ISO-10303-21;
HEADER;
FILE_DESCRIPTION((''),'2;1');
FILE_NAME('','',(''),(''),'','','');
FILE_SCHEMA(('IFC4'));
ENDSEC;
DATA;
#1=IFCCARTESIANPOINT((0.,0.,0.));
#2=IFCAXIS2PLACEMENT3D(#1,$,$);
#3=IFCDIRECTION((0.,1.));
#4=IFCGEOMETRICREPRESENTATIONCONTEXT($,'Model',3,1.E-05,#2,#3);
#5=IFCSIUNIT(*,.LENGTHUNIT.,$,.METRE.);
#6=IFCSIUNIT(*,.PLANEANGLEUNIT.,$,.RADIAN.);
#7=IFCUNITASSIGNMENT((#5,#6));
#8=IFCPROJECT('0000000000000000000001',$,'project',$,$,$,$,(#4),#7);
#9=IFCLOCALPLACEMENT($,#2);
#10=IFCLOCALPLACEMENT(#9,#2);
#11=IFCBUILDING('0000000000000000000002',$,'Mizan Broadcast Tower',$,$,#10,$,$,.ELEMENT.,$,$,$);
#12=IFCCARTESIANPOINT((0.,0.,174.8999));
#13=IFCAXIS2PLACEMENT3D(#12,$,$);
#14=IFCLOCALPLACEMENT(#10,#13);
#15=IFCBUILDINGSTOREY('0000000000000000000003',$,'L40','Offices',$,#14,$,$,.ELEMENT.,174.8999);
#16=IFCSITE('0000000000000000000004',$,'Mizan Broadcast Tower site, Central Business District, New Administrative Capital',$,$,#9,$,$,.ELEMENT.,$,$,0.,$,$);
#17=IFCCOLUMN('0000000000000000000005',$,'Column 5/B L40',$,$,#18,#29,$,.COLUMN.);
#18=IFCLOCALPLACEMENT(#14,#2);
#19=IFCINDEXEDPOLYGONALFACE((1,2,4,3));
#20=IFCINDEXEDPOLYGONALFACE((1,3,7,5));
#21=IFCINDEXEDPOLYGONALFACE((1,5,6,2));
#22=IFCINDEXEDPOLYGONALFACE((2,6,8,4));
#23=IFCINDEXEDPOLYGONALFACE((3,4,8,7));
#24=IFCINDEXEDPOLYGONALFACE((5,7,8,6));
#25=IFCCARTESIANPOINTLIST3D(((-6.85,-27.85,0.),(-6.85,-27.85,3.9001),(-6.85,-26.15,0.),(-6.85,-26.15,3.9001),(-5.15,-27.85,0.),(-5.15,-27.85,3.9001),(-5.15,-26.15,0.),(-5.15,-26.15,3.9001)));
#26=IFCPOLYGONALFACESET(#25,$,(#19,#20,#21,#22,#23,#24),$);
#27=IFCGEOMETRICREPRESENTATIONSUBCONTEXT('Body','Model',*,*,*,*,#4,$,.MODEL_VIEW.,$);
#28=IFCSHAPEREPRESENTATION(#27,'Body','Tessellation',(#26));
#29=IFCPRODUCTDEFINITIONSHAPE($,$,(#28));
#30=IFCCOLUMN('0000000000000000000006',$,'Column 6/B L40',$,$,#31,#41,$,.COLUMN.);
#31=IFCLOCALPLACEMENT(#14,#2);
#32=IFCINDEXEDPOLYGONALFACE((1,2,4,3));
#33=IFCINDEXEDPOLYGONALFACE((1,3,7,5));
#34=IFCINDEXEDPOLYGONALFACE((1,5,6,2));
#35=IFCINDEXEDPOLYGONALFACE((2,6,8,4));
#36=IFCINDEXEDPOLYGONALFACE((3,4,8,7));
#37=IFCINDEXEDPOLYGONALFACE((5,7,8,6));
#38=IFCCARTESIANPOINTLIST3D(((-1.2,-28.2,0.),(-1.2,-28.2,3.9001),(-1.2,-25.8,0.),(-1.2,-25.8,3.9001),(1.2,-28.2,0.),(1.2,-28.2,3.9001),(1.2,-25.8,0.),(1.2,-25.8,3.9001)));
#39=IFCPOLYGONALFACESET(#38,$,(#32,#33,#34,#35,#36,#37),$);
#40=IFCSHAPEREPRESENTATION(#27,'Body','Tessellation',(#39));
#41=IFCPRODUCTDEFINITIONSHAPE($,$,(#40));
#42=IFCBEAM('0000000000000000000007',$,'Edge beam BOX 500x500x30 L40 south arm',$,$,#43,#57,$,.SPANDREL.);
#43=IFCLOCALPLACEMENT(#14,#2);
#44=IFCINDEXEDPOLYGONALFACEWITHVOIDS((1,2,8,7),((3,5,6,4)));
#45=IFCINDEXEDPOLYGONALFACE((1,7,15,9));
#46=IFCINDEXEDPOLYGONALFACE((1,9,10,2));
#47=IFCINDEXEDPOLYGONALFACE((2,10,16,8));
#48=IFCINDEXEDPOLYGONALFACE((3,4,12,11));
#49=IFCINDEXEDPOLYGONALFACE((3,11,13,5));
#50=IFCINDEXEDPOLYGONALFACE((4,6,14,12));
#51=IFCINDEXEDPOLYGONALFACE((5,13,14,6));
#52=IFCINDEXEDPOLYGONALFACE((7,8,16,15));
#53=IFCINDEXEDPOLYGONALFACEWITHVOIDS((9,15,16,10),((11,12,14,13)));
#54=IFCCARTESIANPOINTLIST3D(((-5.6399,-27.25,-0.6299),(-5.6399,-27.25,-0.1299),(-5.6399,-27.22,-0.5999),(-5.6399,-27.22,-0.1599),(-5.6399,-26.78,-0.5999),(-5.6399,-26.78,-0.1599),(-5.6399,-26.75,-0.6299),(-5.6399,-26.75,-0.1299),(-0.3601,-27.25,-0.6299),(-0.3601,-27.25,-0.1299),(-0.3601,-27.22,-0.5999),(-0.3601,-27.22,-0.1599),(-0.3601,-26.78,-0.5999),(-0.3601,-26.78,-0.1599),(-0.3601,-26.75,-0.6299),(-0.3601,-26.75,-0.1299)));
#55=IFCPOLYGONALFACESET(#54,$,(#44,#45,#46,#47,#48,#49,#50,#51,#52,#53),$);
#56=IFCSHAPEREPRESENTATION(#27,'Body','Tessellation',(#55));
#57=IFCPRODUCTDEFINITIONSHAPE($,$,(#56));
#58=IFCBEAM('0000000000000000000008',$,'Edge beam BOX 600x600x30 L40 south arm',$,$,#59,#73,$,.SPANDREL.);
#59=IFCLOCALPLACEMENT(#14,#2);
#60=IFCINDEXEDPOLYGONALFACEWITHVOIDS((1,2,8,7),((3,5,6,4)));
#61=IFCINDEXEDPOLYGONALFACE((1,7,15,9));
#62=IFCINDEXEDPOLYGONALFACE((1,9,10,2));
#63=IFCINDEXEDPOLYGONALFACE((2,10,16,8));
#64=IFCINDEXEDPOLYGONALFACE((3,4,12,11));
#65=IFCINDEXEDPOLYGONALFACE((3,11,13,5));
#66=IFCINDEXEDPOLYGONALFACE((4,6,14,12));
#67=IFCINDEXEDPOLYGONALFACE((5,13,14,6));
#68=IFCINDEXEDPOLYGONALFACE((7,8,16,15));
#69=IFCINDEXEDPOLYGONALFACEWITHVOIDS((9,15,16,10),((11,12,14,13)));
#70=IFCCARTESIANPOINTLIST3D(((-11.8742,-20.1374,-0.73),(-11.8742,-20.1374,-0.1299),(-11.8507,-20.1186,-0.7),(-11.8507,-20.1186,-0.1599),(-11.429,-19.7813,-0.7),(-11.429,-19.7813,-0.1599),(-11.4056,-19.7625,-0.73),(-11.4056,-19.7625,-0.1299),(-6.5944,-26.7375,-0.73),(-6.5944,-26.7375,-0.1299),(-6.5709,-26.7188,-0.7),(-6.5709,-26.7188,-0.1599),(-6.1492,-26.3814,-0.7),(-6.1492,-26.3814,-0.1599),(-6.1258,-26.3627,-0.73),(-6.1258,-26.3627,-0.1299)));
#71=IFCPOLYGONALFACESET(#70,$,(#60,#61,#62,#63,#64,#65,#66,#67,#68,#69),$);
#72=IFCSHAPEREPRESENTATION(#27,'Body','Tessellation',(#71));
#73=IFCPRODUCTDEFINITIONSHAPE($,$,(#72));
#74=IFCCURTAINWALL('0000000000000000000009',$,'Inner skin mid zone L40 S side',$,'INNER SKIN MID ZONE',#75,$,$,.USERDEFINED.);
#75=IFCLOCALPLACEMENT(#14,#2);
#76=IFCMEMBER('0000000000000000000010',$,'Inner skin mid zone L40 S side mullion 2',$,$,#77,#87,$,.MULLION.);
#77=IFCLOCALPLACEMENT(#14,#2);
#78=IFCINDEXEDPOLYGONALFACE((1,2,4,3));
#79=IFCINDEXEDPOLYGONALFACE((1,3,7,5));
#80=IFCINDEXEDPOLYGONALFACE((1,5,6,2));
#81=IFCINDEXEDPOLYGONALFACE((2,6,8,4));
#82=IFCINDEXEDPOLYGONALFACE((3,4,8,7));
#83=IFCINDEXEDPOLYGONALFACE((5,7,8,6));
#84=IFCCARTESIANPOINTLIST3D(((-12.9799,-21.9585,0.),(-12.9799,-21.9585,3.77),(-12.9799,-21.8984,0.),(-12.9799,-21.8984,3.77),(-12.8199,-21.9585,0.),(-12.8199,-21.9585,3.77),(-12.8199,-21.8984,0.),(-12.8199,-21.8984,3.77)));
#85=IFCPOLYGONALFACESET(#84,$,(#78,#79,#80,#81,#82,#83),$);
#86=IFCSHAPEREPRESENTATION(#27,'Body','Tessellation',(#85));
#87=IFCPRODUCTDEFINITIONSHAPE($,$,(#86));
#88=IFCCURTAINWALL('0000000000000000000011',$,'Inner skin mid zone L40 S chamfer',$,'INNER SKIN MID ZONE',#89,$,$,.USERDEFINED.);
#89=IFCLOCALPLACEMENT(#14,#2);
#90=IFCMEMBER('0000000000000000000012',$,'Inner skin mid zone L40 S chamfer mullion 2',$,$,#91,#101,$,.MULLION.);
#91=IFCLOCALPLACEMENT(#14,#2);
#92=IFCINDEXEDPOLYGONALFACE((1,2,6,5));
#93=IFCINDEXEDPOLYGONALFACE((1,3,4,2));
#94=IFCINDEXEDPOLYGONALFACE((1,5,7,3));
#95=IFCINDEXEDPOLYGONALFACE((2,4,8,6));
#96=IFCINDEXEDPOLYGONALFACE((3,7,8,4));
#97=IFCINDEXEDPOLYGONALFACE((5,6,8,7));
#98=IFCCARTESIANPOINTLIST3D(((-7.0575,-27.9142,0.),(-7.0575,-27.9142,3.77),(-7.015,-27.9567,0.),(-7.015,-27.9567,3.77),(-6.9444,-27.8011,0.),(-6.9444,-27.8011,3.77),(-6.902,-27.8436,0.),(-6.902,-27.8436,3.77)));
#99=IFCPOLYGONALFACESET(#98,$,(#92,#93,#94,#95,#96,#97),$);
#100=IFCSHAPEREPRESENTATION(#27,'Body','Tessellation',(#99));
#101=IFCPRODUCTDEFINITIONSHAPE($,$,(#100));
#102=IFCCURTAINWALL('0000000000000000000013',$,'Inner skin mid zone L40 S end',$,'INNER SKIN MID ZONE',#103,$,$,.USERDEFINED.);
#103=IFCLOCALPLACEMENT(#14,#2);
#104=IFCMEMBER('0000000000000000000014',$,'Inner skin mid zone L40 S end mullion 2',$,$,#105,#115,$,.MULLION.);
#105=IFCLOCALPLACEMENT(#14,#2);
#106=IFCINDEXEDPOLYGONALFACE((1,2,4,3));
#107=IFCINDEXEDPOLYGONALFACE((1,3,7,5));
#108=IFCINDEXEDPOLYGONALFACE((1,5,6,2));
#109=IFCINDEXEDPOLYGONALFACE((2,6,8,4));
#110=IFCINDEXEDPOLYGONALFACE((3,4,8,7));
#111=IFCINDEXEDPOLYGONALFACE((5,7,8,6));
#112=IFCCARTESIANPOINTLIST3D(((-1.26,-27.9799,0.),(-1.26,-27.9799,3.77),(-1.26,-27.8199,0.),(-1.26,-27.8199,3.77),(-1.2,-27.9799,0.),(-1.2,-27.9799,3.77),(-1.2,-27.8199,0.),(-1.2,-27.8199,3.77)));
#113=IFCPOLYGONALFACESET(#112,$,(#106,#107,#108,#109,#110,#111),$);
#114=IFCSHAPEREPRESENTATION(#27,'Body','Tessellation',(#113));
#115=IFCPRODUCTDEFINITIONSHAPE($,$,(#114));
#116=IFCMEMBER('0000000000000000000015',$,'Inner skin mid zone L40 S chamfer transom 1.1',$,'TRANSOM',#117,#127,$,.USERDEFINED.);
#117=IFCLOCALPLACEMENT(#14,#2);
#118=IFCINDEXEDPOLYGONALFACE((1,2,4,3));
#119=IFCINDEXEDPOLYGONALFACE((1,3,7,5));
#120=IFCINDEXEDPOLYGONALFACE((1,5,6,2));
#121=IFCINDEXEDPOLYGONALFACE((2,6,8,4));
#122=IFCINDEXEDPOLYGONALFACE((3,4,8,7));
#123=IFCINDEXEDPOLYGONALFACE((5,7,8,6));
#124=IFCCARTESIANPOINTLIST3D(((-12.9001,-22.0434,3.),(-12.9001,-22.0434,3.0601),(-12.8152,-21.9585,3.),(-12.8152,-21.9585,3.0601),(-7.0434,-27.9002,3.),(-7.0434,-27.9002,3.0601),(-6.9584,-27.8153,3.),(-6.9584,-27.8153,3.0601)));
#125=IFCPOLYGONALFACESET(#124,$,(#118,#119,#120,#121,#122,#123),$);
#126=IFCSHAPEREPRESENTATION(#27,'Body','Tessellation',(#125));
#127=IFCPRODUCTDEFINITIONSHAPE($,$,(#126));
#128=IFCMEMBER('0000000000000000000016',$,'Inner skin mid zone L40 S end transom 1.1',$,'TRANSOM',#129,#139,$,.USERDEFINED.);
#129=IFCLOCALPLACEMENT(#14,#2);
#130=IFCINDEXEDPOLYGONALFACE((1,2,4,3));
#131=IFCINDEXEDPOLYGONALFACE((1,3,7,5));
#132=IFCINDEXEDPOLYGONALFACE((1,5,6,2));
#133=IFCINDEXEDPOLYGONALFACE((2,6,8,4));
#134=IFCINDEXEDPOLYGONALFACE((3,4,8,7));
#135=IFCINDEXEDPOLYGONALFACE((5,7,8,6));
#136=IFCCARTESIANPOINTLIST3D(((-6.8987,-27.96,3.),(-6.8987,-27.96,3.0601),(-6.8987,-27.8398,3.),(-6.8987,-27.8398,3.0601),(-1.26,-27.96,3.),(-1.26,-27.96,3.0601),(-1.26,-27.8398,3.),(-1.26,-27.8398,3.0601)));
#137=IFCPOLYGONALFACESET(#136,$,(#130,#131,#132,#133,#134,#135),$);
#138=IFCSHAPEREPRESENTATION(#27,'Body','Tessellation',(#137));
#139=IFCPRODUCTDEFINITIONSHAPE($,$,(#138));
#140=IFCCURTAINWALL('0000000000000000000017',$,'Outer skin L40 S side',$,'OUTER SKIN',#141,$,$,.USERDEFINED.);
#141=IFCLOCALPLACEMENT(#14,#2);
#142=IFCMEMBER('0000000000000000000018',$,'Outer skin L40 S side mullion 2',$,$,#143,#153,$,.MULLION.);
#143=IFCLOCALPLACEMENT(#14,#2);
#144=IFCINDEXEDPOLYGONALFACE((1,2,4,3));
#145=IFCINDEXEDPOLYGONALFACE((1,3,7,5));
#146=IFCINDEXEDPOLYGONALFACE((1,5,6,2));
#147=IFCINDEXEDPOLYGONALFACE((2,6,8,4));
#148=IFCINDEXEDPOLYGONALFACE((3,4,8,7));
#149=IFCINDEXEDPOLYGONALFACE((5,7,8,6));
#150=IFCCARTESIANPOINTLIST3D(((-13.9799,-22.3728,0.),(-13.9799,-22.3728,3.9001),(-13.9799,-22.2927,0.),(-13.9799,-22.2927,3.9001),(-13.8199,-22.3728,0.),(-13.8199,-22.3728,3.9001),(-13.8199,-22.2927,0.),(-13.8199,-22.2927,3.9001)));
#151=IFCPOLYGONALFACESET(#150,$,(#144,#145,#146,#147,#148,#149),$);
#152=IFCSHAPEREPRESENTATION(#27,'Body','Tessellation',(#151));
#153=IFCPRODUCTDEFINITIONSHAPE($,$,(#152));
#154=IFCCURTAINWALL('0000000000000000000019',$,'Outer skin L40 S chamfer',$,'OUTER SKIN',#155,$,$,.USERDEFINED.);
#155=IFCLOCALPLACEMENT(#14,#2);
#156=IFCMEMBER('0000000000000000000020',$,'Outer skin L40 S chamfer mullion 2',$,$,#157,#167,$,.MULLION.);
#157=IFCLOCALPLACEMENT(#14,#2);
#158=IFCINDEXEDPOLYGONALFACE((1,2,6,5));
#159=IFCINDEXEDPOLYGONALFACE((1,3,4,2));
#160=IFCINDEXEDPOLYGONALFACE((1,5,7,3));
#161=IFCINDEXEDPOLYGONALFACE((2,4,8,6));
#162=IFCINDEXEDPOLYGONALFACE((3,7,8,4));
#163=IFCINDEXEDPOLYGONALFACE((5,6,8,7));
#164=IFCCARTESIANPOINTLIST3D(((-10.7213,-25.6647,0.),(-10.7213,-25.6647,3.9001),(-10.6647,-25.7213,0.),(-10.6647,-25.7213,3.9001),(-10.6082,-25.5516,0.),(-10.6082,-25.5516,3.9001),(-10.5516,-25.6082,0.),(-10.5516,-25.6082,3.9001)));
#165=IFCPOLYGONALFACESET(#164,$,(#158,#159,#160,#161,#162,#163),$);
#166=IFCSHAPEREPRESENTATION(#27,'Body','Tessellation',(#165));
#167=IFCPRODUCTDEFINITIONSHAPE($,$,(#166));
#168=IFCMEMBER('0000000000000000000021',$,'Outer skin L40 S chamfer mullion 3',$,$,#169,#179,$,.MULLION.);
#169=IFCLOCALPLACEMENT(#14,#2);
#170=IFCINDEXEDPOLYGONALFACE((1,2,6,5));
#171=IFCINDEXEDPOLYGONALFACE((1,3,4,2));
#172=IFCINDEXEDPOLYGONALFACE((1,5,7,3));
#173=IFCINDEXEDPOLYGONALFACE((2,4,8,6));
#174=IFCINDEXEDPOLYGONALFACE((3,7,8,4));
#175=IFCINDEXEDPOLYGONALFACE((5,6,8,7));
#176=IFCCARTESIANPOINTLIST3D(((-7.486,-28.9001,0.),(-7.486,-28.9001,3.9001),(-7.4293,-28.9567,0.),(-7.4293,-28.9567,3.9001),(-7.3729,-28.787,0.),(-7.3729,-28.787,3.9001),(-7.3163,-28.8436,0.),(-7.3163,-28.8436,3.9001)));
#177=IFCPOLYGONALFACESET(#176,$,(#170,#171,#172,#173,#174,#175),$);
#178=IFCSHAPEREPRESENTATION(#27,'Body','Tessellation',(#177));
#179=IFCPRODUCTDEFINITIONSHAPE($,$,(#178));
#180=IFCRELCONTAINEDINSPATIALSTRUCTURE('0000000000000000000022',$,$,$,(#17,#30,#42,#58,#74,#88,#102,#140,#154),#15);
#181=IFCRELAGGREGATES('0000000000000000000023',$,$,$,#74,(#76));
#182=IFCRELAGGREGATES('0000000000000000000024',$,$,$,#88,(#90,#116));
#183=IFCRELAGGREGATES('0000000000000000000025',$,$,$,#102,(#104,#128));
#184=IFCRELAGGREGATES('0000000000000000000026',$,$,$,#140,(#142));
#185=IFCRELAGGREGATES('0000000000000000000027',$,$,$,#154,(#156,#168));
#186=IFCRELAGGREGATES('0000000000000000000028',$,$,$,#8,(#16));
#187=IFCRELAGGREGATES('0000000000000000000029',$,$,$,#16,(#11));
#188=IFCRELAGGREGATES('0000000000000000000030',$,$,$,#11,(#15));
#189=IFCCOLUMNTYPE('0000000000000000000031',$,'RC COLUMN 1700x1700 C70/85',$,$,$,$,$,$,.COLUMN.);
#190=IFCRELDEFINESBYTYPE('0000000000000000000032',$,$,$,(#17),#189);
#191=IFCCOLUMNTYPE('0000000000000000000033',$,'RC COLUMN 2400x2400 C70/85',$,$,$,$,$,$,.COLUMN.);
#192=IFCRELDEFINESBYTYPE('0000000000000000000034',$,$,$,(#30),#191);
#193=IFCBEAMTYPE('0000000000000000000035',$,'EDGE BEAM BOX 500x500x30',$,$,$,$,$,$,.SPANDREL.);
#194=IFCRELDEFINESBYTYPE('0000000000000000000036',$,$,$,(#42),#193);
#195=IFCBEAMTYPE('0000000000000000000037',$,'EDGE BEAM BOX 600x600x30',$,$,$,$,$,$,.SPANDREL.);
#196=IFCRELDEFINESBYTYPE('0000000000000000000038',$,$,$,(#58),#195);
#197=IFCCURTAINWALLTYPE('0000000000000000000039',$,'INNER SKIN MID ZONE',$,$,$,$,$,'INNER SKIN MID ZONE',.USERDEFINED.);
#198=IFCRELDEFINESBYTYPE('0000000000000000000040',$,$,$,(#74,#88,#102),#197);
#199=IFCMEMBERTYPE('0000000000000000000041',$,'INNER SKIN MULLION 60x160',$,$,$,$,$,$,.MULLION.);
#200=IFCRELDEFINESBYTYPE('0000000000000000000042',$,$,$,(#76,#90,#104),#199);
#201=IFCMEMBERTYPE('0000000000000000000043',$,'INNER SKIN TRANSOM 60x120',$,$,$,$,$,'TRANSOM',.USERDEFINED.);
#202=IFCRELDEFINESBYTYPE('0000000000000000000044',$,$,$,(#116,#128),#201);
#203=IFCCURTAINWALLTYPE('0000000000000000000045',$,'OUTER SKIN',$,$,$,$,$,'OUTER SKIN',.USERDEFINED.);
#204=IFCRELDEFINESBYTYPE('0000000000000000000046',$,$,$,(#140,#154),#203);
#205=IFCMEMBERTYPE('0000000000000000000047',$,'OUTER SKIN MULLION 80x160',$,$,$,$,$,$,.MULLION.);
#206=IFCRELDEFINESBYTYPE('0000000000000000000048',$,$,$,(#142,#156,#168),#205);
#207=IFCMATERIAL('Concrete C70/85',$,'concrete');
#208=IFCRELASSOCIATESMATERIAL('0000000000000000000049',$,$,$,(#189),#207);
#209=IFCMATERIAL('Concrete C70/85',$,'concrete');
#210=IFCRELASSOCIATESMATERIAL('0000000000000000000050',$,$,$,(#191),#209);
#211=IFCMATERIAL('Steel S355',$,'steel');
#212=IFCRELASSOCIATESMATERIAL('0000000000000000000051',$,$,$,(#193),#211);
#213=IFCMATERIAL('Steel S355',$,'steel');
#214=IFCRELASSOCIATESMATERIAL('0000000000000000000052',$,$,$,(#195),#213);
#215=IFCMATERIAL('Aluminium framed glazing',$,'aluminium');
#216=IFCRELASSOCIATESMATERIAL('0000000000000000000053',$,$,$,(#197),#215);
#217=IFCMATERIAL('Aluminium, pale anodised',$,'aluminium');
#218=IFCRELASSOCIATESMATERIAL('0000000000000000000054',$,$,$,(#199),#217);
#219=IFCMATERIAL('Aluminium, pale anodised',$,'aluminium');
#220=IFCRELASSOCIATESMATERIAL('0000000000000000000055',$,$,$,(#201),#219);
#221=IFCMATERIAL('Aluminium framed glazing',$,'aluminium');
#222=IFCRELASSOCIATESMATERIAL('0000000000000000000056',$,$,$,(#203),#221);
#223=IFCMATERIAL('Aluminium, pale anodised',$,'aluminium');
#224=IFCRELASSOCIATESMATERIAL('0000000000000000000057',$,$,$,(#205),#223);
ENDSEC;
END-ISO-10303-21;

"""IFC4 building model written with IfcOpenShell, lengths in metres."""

from ifc_helpers import new_model, si_unit, direction, frame, origin, origin_2d, place, context, subcontext, project, spatial, rectangle, hollow_rectangle, extrude, material, material_profile, profile_set, type_object, element, aggregate, save


model = new_model("IFC4")

# Units and contexts
model_context = context("Model", 3, precision=1e-05, world=origin(), true_north=direction((0.0, 1.0)))
body_context = subcontext(model_context, "Body", "Model", "MODEL_VIEW")
ifc_project = project(units=[si_unit("LENGTHUNIT", "METRE"), si_unit("PLANEANGLEUNIT", "RADIAN")], contexts=[model_context])

# Site, building, storey
site_placement = place(None, origin())
site = spatial("IfcSite", under=ifc_project, at=site_placement, Name="Mizan Broadcast Tower site, Central Business District, New Administrative Capital", CompositionType="ELEMENT", RefElevation=0.0)
building_placement = place(site_placement, origin())
building = spatial("IfcBuilding", under=site, at=building_placement, Name="Mizan Broadcast Tower", CompositionType="ELEMENT")
storey_placement = place(building_placement, frame((0.0, 0.0, 174.8999)))
storey = spatial("IfcBuildingStorey", under=building, at=storey_placement, Name="L40", Description="Offices", CompositionType="ELEMENT", Elevation=174.8999)

# Columns
ifc_material_1 = material(Name="Concrete C70/85", Category="concrete")
ifc_material_profile_1 = material_profile(ifc_material_1, rectangle(XDim=1.7, YDim=1.7, at=origin_2d()), Name="RC 1700x1700")
ifc_profile_set_1 = profile_set([ifc_material_profile_1], Name="Concrete C70/85")
column_type_1 = type_object("IfcColumnType", Name="RC COLUMN 1700x1700 C70/85", PredefinedType="COLUMN", material=ifc_profile_set_1)
column_1_placement = place(storey_placement, frame((-6.0, -27.0, 0.0), z_axis=(0.0, 0.0, 1.0), x_axis=(1.0, 0.0, 0.0)))
element("IfcColumn", 1, at=column_1_placement, inside=storey, type_object=column_type_1, Name="Column 5/B L40", PredefinedType="COLUMN", context=body_context, shape_type="SweptSolid", body=[
    extrude(rectangle(XDim=1.7, YDim=1.7, at=origin_2d()), origin(), (0.0, 0.0, 1.0), 3.9001),
])
ifc_material_2 = material(Name="Concrete C70/85", Category="concrete")
ifc_material_profile_2 = material_profile(ifc_material_2, rectangle(XDim=2.3999, YDim=2.3999, at=origin_2d()), Name="RC 2400x2400")
ifc_profile_set_2 = profile_set([ifc_material_profile_2], Name="Concrete C70/85")
column_type_2 = type_object("IfcColumnType", Name="RC COLUMN 2400x2400 C70/85", PredefinedType="COLUMN", material=ifc_profile_set_2)
column_2_placement = place(storey_placement, frame((0.0, -27.0, 0.0), z_axis=(0.0, 0.0, 1.0), x_axis=(1.0, 0.0, 0.0)))
element("IfcColumn", 2, at=column_2_placement, inside=storey, type_object=column_type_2, Name="Column 6/B L40", PredefinedType="COLUMN", context=body_context, shape_type="SweptSolid", body=[
    extrude(rectangle(XDim=2.3999, YDim=2.3999, at=origin_2d()), origin(), (0.0, 0.0, 1.0), 3.9001),
])

# Beams
ifc_material_3 = material(Name="Steel S355", Category="steel")
ifc_material_profile_3 = material_profile(ifc_material_3, hollow_rectangle(XDim=0.5, YDim=0.5, WallThickness=0.03, at=origin_2d()), Name="BOX 500x500x30")
ifc_profile_set_3 = profile_set([ifc_material_profile_3], Name="Steel S355")
beam_type_1 = type_object("IfcBeamType", Name="EDGE BEAM BOX 500x500x30", PredefinedType="SPANDREL", material=ifc_profile_set_3)
beam_1_placement = place(storey_placement, frame((-5.6399, -27.0, -0.3799), z_axis=(1.0, 0.0, 0.0), x_axis=(0.0, 1.0, 0.0)))
element("IfcBeam", 3, at=beam_1_placement, inside=storey, type_object=beam_type_1, Name="Edge beam BOX 500x500x30 L40 south arm", PredefinedType="SPANDREL", context=body_context, shape_type="SweptSolid", body=[
    extrude(hollow_rectangle(XDim=0.5, YDim=0.5, WallThickness=0.03, at=origin_2d()), origin(), (0.0, 0.0, 1.0), 5.2798),
])
ifc_material_4 = material(Name="Steel S355", Category="steel")
ifc_material_profile_4 = material_profile(ifc_material_4, hollow_rectangle(XDim=0.6001, YDim=0.6001, WallThickness=0.03, at=origin_2d()), Name="BOX 600x600x30")
ifc_profile_set_4 = profile_set([ifc_material_profile_4], Name="Steel S355")
beam_type_2 = type_object("IfcBeamType", Name="EDGE BEAM BOX 600x600x30", PredefinedType="SPANDREL", material=ifc_profile_set_4)
beam_2_placement = place(storey_placement, frame((-11.6399, -19.95, -0.4299), z_axis=(0.624674, -0.780886, 0.0), x_axis=(0.780886, 0.624674, 0.0)))
element("IfcBeam", 4, at=beam_2_placement, inside=storey, type_object=beam_type_2, Name="Edge beam BOX 600x600x30 L40 south arm", PredefinedType="SPANDREL", context=body_context, shape_type="SweptSolid", body=[
    extrude(hollow_rectangle(XDim=0.6001, YDim=0.6001, WallThickness=0.03, at=origin_2d()), origin(), (0.0, 0.0, 1.0), 8.4521),
])

# Curtain walls, members
ifc_material_5 = material(Name="Aluminium framed glazing", Category="aluminium")
curtain_wall_type_1 = type_object("IfcCurtainWallType", Name="INNER SKIN MID ZONE", ElementType="INNER SKIN MID ZONE", PredefinedType="USERDEFINED", material=ifc_material_5)
curtain_wall_1_placement = place(storey_placement, origin())
curtain_wall_1 = element("IfcCurtainWall", 5, at=curtain_wall_1_placement, inside=storey, type_object=curtain_wall_type_1, Name="Inner skin mid zone L40 S side", ObjectType="INNER SKIN MID ZONE", PredefinedType="USERDEFINED")
ifc_material_6 = material(Name="Aluminium, pale anodised", Category="aluminium")
ifc_material_profile_5 = material_profile(ifc_material_6, rectangle(XDim=0.1599, YDim=0.0601, at=origin_2d()), Name="MULLION 160x60")
ifc_profile_set_5 = profile_set([ifc_material_profile_5], Name="Aluminium, pale anodised")
member_type_1 = type_object("IfcMemberType", Name="INNER SKIN MULLION 60x160", PredefinedType="MULLION", material=ifc_profile_set_5)
member_1_placement = place(storey_placement, frame((-12.8999, -21.9285, 0.0), z_axis=(0.0, 0.0, 1.0), x_axis=(1.0, 0.0, 0.0)))
member_1 = element("IfcMember", 6, at=member_1_placement, type_object=member_type_1, Name="Inner skin mid zone L40 S side mullion 2", PredefinedType="MULLION", context=body_context, shape_type="SweptSolid", body=[
    extrude(rectangle(XDim=0.1599, YDim=0.0601, at=origin_2d()), origin(), (0.0, 0.0, 1.0), 3.77),
])
curtain_wall_2_placement = place(storey_placement, origin())
curtain_wall_2 = element("IfcCurtainWall", 7, at=curtain_wall_2_placement, inside=storey, type_object=curtain_wall_type_1, Name="Inner skin mid zone L40 S chamfer", ObjectType="INNER SKIN MID ZONE", PredefinedType="USERDEFINED")
member_2_placement = place(storey_placement, frame((-6.9797, -27.8789, 0.0), z_axis=(0.0, 0.0, 1.0), x_axis=(0.707107, 0.707107, 0.0)))
member_2 = element("IfcMember", 8, at=member_2_placement, type_object=member_type_1, Name="Inner skin mid zone L40 S chamfer mullion 2", PredefinedType="MULLION", context=body_context, shape_type="SweptSolid", body=[
    extrude(rectangle(XDim=0.1599, YDim=0.0601, at=origin_2d()), origin(), (0.0, 0.0, 1.0), 3.77),
])
curtain_wall_3_placement = place(storey_placement, origin())
curtain_wall_3 = element("IfcCurtainWall", 9, at=curtain_wall_3_placement, inside=storey, type_object=curtain_wall_type_1, Name="Inner skin mid zone L40 S end", ObjectType="INNER SKIN MID ZONE", PredefinedType="USERDEFINED")
member_3_placement = place(storey_placement, frame((-1.23, -27.8999, 0.0), z_axis=(0.0, 0.0, 1.0), x_axis=(0.0, 1.0, 0.0)))
member_3 = element("IfcMember", 10, at=member_3_placement, type_object=member_type_1, Name="Inner skin mid zone L40 S end mullion 2", PredefinedType="MULLION", context=body_context, shape_type="SweptSolid", body=[
    extrude(rectangle(XDim=0.1599, YDim=0.0601, at=origin_2d()), origin(), (0.0, 0.0, 1.0), 3.77),
])

# Members
ifc_material_7 = material(Name="Aluminium, pale anodised", Category="aluminium")
ifc_material_profile_6 = material_profile(ifc_material_7, rectangle(XDim=0.1201, YDim=0.0601, at=origin_2d()), Name="TRANSOM 120x60")
ifc_profile_set_6 = profile_set([ifc_material_profile_6], Name="Aluminium, pale anodised")
member_type_2 = type_object("IfcMemberType", Name="INNER SKIN TRANSOM 60x120", ElementType="TRANSOM", PredefinedType="USERDEFINED", material=ifc_profile_set_6)
member_4_placement = place(storey_placement, frame((-12.8577, -22.001, 3.03), z_axis=(0.707107, -0.707107, 0.0), x_axis=(0.707107, 0.707107, 0.0)))
member_4 = element("IfcMember", 11, at=member_4_placement, type_object=member_type_2, Name="Inner skin mid zone L40 S chamfer transom 1.1", ObjectType="TRANSOM", PredefinedType="USERDEFINED", context=body_context, shape_type="SweptSolid", body=[
    extrude(rectangle(XDim=0.1201, YDim=0.0601, at=origin_2d()), origin(), (0.0, 0.0, 1.0), 8.2827),
])
member_5_placement = place(storey_placement, frame((-6.8987, -27.8999, 3.03), z_axis=(1.0, 0.0, 0.0), x_axis=(0.0, 1.0, 0.0)))
member_5 = element("IfcMember", 12, at=member_5_placement, type_object=member_type_2, Name="Inner skin mid zone L40 S end transom 1.1", ObjectType="TRANSOM", PredefinedType="USERDEFINED", context=body_context, shape_type="SweptSolid", body=[
    extrude(rectangle(XDim=0.1201, YDim=0.0601, at=origin_2d()), origin(), (0.0, 0.0, 1.0), 5.6387),
])

# Curtain wall, member
ifc_material_8 = material(Name="Aluminium framed glazing", Category="aluminium")
curtain_wall_type_2 = type_object("IfcCurtainWallType", Name="OUTER SKIN", ElementType="OUTER SKIN", PredefinedType="USERDEFINED", material=ifc_material_8)
curtain_wall_4_placement = place(storey_placement, origin())
curtain_wall_4 = element("IfcCurtainWall", 13, at=curtain_wall_4_placement, inside=storey, type_object=curtain_wall_type_2, Name="Outer skin L40 S side", ObjectType="OUTER SKIN", PredefinedType="USERDEFINED")
ifc_material_9 = material(Name="Aluminium, pale anodised", Category="aluminium")
ifc_material_profile_7 = material_profile(ifc_material_9, rectangle(XDim=0.1599, YDim=0.0801, at=origin_2d()), Name="MULLION 160x80")
ifc_profile_set_7 = profile_set([ifc_material_profile_7], Name="Aluminium, pale anodised")
member_type_3 = type_object("IfcMemberType", Name="OUTER SKIN MULLION 80x160", PredefinedType="MULLION", material=ifc_profile_set_7)
member_6_placement = place(storey_placement, frame((-13.8999, -22.3328, 0.0), z_axis=(0.0, 0.0, 1.0), x_axis=(1.0, 0.0, 0.0)))
member_6 = element("IfcMember", 14, at=member_6_placement, type_object=member_type_3, Name="Outer skin L40 S side mullion 2", PredefinedType="MULLION", context=body_context, shape_type="SweptSolid", body=[
    extrude(rectangle(XDim=0.1599, YDim=0.0801, at=origin_2d()), origin(), (0.0, 0.0, 1.0), 3.9001),
])

# Curtain wall, members
curtain_wall_5_placement = place(storey_placement, origin())
curtain_wall_5 = element("IfcCurtainWall", 15, at=curtain_wall_5_placement, inside=storey, type_object=curtain_wall_type_2, Name="Outer skin L40 S chamfer", ObjectType="OUTER SKIN", PredefinedType="USERDEFINED")
member_7_placement = place(storey_placement, frame((-10.6365, -25.6365, 0.0), z_axis=(0.0, 0.0, 1.0), x_axis=(0.707107, 0.707107, 0.0)))
member_7 = element("IfcMember", 16, at=member_7_placement, type_object=member_type_3, Name="Outer skin L40 S chamfer mullion 2", PredefinedType="MULLION", context=body_context, shape_type="SweptSolid", body=[
    extrude(rectangle(XDim=0.1599, YDim=0.0801, at=origin_2d()), origin(), (0.0, 0.0, 1.0), 3.9001),
])
member_8_placement = place(storey_placement, frame((-7.4011, -28.8718, 0.0), z_axis=(0.0, 0.0, 1.0), x_axis=(0.707107, 0.707107, 0.0)))
member_8 = element("IfcMember", 17, at=member_8_placement, type_object=member_type_3, Name="Outer skin L40 S chamfer mullion 3", PredefinedType="MULLION", context=body_context, shape_type="SweptSolid", body=[
    extrude(rectangle(XDim=0.1599, YDim=0.0801, at=origin_2d()), origin(), (0.0, 0.0, 1.0), 3.9001),
])

aggregate(curtain_wall_1, [member_1])
aggregate(curtain_wall_2, [member_2, member_4])
aggregate(curtain_wall_3, [member_3, member_5])
aggregate(curtain_wall_4, [member_6])
aggregate(curtain_wall_5, [member_7, member_8])

save(model, "model.ifc")
